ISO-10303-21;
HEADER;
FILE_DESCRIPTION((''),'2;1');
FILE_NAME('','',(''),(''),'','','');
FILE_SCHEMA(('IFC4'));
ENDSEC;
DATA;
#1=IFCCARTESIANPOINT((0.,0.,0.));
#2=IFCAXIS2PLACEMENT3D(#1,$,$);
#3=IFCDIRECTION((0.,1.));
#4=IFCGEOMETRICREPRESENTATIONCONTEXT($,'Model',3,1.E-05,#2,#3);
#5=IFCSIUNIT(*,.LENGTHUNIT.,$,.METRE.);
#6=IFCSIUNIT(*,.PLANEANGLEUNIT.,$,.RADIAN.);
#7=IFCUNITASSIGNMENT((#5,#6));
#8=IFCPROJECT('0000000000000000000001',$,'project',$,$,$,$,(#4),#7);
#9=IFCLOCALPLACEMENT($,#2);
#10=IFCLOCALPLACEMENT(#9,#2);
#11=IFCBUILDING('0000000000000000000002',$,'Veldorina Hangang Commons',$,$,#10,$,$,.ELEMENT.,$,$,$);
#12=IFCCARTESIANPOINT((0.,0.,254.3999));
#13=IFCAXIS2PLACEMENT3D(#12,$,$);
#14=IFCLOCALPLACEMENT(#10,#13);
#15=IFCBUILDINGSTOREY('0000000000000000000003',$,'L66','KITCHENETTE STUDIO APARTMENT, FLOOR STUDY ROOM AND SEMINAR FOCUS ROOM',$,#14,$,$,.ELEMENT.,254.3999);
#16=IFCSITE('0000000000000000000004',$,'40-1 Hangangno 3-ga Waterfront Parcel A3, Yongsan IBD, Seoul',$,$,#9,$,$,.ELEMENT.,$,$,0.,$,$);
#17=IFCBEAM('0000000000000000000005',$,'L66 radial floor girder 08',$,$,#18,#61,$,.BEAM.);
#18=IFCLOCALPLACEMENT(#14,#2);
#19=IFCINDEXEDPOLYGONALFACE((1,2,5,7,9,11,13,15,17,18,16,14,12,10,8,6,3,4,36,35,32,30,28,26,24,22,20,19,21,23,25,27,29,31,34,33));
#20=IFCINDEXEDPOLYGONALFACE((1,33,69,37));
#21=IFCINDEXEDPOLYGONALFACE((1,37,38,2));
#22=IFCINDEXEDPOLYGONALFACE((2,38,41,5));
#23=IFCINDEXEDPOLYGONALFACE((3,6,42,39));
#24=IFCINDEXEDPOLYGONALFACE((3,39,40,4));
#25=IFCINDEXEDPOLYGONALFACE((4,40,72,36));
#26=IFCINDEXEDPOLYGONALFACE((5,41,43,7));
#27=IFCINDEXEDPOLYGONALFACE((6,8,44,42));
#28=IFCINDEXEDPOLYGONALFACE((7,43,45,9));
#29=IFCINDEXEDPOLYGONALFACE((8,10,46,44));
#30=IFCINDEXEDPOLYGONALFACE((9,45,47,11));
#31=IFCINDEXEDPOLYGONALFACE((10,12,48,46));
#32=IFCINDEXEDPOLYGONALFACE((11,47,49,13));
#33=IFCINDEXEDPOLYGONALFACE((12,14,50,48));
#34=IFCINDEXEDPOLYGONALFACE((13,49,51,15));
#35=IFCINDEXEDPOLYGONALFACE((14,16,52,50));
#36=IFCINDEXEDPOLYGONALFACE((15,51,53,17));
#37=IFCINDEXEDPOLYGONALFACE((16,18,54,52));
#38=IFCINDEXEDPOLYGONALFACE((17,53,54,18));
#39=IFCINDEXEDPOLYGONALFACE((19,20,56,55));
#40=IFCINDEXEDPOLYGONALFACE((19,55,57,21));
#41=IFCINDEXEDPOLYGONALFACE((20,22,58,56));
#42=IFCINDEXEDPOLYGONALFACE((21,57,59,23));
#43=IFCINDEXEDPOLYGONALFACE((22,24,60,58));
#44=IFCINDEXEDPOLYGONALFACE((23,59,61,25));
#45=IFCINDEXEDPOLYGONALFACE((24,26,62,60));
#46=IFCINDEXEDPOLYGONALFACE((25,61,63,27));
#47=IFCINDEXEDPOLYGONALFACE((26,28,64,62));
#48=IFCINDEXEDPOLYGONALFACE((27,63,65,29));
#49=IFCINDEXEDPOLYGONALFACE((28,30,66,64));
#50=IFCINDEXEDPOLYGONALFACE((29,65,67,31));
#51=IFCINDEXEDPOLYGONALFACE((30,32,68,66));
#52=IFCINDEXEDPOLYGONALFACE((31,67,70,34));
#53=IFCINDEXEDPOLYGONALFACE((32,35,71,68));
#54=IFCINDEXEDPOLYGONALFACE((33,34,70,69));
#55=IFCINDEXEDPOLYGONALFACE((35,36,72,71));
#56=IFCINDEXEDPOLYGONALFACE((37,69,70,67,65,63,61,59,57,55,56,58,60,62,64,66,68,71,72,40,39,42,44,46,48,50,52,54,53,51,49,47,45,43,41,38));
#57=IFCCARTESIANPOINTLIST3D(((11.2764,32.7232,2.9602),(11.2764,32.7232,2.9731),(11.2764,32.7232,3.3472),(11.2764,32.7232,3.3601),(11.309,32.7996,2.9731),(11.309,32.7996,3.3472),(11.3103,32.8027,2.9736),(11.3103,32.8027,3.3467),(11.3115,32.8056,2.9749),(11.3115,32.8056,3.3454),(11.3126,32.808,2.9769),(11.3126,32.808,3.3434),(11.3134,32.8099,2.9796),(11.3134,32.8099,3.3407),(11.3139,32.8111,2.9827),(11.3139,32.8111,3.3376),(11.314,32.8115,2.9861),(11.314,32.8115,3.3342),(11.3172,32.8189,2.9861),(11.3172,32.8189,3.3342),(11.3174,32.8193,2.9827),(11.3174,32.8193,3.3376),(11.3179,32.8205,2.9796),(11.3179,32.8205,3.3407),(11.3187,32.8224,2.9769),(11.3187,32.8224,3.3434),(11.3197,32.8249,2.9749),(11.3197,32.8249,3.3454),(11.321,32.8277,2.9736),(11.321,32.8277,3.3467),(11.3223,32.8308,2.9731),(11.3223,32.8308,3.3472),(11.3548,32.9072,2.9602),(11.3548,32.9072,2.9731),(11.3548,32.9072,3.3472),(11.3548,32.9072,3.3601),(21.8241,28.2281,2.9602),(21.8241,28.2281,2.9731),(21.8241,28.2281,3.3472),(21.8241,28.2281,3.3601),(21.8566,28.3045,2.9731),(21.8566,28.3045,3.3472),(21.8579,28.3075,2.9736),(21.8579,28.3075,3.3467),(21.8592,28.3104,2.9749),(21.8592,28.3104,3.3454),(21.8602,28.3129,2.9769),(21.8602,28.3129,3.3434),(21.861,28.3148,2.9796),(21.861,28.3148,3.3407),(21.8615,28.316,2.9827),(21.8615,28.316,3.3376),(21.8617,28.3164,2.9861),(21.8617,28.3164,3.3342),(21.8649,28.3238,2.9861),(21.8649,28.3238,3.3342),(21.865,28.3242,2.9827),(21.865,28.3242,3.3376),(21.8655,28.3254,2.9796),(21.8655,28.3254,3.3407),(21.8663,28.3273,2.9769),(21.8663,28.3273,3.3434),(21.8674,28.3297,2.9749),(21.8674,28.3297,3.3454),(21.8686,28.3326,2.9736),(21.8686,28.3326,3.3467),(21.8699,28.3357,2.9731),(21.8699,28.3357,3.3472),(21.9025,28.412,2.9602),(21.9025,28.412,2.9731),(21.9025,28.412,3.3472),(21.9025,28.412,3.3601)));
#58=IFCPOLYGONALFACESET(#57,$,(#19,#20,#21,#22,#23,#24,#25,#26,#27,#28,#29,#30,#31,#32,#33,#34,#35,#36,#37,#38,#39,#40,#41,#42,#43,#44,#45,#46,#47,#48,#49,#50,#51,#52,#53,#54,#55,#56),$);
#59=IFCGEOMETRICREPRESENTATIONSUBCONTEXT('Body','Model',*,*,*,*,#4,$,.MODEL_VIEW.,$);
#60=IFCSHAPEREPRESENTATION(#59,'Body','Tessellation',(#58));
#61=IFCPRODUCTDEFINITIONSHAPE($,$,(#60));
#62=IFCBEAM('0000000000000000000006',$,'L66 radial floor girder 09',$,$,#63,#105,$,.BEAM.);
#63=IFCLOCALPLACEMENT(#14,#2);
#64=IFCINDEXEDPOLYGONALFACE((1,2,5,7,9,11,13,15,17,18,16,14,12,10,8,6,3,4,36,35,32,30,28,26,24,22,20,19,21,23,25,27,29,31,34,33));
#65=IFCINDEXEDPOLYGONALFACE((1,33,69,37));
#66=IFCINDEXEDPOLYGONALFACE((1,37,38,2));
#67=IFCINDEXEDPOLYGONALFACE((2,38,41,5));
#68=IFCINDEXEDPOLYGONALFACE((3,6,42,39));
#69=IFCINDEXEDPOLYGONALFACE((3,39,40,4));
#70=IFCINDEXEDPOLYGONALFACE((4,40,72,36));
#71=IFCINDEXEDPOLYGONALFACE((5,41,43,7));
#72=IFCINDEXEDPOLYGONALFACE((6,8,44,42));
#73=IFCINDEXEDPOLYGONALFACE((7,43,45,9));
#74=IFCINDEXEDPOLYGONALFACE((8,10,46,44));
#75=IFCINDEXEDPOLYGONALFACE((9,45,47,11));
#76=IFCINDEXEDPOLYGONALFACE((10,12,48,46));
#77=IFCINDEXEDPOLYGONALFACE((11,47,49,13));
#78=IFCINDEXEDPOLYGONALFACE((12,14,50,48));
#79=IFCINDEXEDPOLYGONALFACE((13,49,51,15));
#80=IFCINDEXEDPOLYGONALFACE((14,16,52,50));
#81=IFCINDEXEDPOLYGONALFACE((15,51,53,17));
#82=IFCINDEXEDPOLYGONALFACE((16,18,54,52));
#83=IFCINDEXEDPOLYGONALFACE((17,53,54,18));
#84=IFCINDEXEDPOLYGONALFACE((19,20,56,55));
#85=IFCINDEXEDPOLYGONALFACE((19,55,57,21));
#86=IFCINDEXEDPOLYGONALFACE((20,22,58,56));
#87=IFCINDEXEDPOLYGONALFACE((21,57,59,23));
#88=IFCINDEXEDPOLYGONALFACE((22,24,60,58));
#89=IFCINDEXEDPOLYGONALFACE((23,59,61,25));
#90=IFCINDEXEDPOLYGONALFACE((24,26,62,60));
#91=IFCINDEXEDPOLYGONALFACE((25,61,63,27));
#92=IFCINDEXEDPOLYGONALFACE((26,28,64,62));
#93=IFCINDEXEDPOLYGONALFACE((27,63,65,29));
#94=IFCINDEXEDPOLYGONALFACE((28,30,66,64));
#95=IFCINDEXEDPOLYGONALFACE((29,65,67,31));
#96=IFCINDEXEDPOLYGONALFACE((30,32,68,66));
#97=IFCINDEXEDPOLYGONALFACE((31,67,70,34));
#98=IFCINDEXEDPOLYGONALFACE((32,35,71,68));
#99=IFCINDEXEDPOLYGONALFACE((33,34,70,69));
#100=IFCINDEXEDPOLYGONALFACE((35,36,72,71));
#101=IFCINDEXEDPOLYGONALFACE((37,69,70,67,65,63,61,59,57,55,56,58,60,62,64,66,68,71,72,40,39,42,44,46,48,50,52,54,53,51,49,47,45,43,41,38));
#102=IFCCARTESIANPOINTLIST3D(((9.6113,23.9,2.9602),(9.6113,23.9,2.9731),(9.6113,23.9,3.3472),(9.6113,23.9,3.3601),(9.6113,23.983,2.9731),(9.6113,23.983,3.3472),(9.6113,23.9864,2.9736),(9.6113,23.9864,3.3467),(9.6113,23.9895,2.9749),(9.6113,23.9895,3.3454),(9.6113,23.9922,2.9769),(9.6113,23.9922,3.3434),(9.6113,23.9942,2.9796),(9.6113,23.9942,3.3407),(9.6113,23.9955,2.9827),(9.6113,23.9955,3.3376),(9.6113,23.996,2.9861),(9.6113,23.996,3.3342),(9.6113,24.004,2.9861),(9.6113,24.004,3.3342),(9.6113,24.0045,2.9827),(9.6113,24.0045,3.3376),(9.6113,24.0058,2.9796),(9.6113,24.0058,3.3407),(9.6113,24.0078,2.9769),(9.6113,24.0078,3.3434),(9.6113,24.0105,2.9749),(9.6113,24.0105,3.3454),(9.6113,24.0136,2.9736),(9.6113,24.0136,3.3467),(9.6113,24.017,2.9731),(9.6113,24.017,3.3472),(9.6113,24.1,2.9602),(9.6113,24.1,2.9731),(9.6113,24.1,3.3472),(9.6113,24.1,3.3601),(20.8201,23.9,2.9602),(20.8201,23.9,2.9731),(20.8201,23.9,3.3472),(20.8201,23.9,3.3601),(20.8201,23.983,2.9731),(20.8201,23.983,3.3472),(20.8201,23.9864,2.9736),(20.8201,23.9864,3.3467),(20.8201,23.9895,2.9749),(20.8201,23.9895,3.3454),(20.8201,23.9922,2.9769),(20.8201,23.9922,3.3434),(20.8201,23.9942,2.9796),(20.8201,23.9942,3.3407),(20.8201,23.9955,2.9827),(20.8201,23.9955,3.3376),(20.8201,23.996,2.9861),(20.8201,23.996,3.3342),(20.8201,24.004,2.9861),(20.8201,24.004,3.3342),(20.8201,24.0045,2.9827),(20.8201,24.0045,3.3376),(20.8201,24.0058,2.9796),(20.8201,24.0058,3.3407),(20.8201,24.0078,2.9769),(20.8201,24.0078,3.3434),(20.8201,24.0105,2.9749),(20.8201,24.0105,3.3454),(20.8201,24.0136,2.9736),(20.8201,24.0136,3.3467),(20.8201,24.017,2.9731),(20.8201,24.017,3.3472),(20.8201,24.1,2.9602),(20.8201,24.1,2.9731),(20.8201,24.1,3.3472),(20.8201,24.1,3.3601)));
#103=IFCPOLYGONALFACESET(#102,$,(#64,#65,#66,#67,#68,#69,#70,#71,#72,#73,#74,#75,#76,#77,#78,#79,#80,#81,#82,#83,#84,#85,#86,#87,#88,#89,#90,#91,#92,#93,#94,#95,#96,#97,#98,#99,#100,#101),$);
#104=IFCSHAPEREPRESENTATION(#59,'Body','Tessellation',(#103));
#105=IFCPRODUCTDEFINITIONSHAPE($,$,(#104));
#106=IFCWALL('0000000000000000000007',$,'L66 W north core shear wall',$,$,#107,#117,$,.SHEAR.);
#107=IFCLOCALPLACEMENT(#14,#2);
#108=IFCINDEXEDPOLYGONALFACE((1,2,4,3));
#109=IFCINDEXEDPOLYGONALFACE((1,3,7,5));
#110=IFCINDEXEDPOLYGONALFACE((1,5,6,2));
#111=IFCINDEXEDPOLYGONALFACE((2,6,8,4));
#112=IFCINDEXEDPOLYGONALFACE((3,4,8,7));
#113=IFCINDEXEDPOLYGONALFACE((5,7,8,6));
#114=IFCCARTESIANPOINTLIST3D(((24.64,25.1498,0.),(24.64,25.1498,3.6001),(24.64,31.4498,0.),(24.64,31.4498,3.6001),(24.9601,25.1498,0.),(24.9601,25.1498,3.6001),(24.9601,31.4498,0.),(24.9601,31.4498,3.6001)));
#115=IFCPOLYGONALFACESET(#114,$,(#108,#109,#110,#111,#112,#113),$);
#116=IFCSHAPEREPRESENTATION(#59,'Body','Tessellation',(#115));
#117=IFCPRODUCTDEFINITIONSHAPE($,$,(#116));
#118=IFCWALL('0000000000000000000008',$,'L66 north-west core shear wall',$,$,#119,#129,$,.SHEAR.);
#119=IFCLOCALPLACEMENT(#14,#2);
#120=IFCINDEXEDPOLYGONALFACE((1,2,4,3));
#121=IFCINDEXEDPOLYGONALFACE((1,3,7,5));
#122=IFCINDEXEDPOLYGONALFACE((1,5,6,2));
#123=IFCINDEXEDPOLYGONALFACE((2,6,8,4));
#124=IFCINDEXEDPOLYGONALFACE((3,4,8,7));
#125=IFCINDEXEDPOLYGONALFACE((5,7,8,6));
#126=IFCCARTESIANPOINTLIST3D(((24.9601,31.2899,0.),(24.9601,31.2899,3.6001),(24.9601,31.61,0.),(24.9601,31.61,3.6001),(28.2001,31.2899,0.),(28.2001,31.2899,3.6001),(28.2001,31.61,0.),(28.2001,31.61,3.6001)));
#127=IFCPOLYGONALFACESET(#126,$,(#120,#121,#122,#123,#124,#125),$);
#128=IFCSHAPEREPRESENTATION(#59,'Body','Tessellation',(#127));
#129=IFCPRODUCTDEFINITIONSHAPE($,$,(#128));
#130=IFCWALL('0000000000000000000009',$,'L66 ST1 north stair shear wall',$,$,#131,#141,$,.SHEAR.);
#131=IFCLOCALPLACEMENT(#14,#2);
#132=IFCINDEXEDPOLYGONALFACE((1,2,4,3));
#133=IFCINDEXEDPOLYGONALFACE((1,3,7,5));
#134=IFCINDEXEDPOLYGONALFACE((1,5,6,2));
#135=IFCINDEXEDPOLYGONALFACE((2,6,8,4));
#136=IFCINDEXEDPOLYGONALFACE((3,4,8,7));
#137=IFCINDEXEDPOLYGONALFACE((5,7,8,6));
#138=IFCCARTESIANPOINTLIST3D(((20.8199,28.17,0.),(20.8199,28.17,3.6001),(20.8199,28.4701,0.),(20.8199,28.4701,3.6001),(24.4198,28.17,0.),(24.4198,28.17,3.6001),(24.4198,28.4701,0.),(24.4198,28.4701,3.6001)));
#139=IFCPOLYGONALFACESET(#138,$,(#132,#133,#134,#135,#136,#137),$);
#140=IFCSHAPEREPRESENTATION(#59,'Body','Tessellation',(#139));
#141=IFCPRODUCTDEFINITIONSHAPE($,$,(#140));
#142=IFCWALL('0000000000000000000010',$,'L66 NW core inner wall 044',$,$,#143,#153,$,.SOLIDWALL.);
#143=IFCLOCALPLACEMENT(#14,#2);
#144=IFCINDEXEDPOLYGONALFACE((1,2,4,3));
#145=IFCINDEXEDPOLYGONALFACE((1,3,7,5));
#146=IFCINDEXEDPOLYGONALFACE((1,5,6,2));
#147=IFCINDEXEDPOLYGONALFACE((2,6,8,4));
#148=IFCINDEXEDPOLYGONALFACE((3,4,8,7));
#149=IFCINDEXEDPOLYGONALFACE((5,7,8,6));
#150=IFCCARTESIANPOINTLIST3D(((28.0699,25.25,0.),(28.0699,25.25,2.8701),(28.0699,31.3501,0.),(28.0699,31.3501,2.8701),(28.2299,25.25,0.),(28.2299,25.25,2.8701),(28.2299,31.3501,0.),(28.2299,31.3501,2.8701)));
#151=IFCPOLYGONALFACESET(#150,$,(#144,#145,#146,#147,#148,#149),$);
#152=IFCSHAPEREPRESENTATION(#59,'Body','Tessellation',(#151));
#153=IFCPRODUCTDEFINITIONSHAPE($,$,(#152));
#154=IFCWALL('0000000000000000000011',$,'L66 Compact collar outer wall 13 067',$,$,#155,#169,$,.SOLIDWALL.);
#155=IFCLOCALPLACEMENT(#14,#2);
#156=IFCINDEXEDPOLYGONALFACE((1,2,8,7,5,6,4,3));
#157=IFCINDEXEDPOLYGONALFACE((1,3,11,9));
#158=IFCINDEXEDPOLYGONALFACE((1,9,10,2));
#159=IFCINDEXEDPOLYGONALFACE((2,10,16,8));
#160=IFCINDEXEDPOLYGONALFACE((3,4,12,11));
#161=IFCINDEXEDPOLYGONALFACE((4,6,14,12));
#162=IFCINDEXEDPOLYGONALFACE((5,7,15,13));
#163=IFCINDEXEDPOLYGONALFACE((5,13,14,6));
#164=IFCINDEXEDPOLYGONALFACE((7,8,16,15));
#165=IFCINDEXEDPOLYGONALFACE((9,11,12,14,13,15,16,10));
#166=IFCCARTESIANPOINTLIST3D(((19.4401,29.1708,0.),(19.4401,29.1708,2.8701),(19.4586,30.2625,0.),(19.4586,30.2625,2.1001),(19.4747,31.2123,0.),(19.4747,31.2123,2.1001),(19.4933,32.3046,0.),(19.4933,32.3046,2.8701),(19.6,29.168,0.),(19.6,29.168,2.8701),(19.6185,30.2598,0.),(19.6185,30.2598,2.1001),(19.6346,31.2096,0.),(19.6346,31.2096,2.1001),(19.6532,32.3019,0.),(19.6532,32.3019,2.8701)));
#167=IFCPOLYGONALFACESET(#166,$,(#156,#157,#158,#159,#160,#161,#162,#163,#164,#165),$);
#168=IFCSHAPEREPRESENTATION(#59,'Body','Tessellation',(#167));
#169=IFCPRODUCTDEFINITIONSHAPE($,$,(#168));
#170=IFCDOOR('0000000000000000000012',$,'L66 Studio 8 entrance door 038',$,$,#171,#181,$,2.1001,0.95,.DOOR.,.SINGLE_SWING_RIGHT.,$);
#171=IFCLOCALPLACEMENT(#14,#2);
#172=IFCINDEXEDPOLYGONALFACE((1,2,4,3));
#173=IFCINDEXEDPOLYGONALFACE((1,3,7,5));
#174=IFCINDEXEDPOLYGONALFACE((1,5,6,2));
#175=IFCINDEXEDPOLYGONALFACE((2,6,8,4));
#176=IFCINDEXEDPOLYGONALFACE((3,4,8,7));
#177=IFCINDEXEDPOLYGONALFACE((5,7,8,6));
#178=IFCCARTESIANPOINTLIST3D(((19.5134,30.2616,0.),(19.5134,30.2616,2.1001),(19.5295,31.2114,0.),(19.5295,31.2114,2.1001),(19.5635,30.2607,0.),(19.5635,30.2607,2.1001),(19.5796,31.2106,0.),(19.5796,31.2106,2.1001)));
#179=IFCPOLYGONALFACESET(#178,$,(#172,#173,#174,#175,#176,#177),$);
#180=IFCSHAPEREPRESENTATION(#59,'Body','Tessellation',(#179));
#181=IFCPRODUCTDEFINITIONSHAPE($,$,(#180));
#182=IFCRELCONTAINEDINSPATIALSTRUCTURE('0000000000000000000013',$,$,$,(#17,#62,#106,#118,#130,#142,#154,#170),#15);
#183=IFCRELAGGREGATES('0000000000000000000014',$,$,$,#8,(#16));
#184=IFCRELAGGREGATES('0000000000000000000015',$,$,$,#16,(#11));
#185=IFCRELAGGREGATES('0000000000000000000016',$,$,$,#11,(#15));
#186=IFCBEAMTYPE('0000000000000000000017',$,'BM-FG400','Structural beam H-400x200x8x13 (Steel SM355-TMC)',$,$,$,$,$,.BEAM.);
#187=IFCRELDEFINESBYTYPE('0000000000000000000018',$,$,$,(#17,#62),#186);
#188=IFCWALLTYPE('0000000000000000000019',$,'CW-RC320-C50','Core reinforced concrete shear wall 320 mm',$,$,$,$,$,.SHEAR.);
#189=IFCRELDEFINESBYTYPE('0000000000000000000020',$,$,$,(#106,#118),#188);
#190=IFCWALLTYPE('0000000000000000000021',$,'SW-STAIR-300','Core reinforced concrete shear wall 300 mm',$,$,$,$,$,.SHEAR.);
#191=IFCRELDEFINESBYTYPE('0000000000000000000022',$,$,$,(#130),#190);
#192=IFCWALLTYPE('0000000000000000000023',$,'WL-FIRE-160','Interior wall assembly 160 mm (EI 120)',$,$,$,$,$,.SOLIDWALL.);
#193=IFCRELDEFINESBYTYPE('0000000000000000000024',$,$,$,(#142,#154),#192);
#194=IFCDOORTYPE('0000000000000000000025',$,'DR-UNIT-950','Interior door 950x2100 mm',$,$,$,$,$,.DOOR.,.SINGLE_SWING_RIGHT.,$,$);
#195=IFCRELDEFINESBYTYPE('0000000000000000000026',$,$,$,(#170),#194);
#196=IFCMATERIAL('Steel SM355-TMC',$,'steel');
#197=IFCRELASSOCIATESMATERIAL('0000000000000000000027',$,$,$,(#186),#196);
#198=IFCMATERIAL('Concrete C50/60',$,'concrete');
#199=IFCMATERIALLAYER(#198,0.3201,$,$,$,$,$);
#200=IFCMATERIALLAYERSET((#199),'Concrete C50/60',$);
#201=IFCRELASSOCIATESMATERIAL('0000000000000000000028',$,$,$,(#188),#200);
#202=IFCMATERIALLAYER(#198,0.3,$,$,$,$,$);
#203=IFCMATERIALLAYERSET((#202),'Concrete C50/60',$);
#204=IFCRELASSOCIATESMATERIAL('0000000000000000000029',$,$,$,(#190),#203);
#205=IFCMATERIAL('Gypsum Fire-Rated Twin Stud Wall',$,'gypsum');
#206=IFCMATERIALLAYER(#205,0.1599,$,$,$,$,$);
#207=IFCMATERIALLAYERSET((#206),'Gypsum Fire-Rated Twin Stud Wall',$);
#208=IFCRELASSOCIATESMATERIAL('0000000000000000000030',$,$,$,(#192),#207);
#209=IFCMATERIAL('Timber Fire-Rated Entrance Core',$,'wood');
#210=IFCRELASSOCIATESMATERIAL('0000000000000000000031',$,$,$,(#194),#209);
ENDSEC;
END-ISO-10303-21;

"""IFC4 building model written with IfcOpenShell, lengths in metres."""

from ifc_helpers import new_model, si_unit, direction, frame, frame_2d, origin, origin_2d, place, context, subcontext, project, spatial, rectangle, i_section, extrude, material, layer, layer_set, material_profile, profile_set, type_object, element, fill, save


model = new_model("IFC4")

# Units and contexts
model_context = context("Model", 3, precision=1e-05, world=origin(), true_north=direction((0.0, 1.0)))
body_context = subcontext(model_context, "Body", "Model", "MODEL_VIEW")
ifc_project = project(units=[si_unit("LENGTHUNIT", "METRE"), si_unit("PLANEANGLEUNIT", "RADIAN")], contexts=[model_context])

# Site, building, storey
site_placement = place(None, origin())
site = spatial("IfcSite", under=ifc_project, at=site_placement, Name="40-1 Hangangno 3-ga Waterfront Parcel A3, Yongsan IBD, Seoul", CompositionType="ELEMENT", RefElevation=0.0)
building_placement = place(site_placement, origin())
building = spatial("IfcBuilding", under=site, at=building_placement, Name="Veldorina Hangang Commons", CompositionType="ELEMENT")
storey_placement = place(building_placement, frame((0.0, 0.0, 254.3999)))
storey = spatial("IfcBuildingStorey", under=building, at=storey_placement, Name="L66", Description="KITCHENETTE STUDIO APARTMENT, FLOOR STUDY ROOM AND SEMINAR FOCUS ROOM", CompositionType="ELEMENT", Elevation=254.3999)

# Beams
ifc_material_1 = material(Name="Concrete C50/60", Category="concrete")
ifc_material_2 = material(Name="Steel SM355-TMC", Category="steel")
ifc_material_profile_1 = material_profile(ifc_material_2, i_section(OverallWidth=0.2, OverallDepth=0.3999, WebThickness=0.0081, FlangeThickness=0.0129, FilletRadius=0.0129, at=origin_2d()), Name="H-400x200x8x13")
ifc_profile_set_1 = profile_set([ifc_material_profile_1], Name="Steel SM355-TMC")
beam_type_1 = type_object("IfcBeamType", Name="BM-FG400", Description="Structural beam H-400x200x8x13 (Steel SM355-TMC)", PredefinedType="BEAM", material=ifc_profile_set_1)
beam_1_placement = place(storey_placement, frame((21.8633, 28.3201, 3.1602), z_axis=(-0.919942, 0.392055, 0.0), x_axis=(-0.392055, -0.919942, 0.0)))
element("IfcBeam", 1, at=beam_1_placement, inside=storey, type_object=beam_type_1, Name="L66 radial floor girder 08", PredefinedType="BEAM", context=body_context, shape_type="SweptSolid", body=[
    extrude(i_section(OverallWidth=0.2, OverallDepth=0.3999, WebThickness=0.0081, FlangeThickness=0.0129, FilletRadius=0.0129, at=origin_2d()), origin(), (0.0, 0.0, 1.0), 11.4656),
])
beam_2_placement = place(storey_placement, frame((20.8201, 24.0, 3.1602), z_axis=(-1.0, 0.0, 0.0), x_axis=(0.0, -1.0, 0.0)))
element("IfcBeam", 2, at=beam_2_placement, inside=storey, type_object=beam_type_1, Name="L66 radial floor girder 09", PredefinedType="BEAM", context=body_context, shape_type="SweptSolid", body=[
    extrude(i_section(OverallWidth=0.2, OverallDepth=0.3999, WebThickness=0.0081, FlangeThickness=0.0129, FilletRadius=0.0129, at=origin_2d()), origin(), (0.0, 0.0, 1.0), 11.2087),
])

# Walls
ifc_layer_1 = layer(ifc_material_1, 0.3201)
ifc_layer_set_1 = layer_set([ifc_layer_1], Name="Concrete C50/60")
wall_type_1 = type_object("IfcWallType", Name="CW-RC320-C50", Description="Core reinforced concrete shear wall 320 mm", PredefinedType="SHEAR", material=ifc_layer_set_1)
wall_1_placement = place(storey_placement, frame((24.8, 25.1499, 0.0), z_axis=(0.0, 0.0, 1.0), x_axis=(0.0, 1.0, 0.0)))
element("IfcWall", 3, at=wall_1_placement, inside=storey, type_object=wall_type_1, Name="L66 W north core shear wall", PredefinedType="SHEAR", context=body_context, shape_type="SweptSolid", body=[
    extrude(rectangle(XDim=6.3, YDim=0.3201, at=frame_2d((3.1499, 0.0))), origin(), (0.0, 0.0, 1.0), 3.6001),
])
wall_2_placement = place(storey_placement, frame((24.96, 31.45, 0.0), z_axis=(0.0, 0.0, 1.0), x_axis=(1.0, 0.0, 0.0)))
element("IfcWall", 4, at=wall_2_placement, inside=storey, type_object=wall_type_1, Name="L66 north-west core shear wall", PredefinedType="SHEAR", context=body_context, shape_type="SweptSolid", body=[
    extrude(rectangle(XDim=3.24, YDim=0.3201, at=frame_2d((1.6201, 0.0))), origin(), (0.0, 0.0, 1.0), 3.6001),
])
ifc_layer_2 = layer(ifc_material_1, 0.3)
ifc_layer_set_2 = layer_set([ifc_layer_2], Name="Concrete C50/60")
wall_type_2 = type_object("IfcWallType", Name="SW-STAIR-300", Description="Core reinforced concrete shear wall 300 mm", PredefinedType="SHEAR", material=ifc_layer_set_2)
wall_3_placement = place(storey_placement, frame((20.8201, 28.3201, 0.0), z_axis=(0.0, 0.0, 1.0), x_axis=(1.0, 0.0, 0.0)))
element("IfcWall", 5, at=wall_3_placement, inside=storey, type_object=wall_type_2, Name="L66 ST1 north stair shear wall", PredefinedType="SHEAR", context=body_context, shape_type="SweptSolid", body=[
    extrude(rectangle(XDim=3.5999, YDim=0.3, at=frame_2d((1.7998, 0.0))), origin(), (0.0, 0.0, 1.0), 3.6001),
])
ifc_material_3 = material(Name="Gypsum Fire-Rated Twin Stud Wall", Category="gypsum")
ifc_layer_3 = layer(ifc_material_3, 0.1599)
ifc_layer_set_3 = layer_set([ifc_layer_3], Name="Gypsum Fire-Rated Twin Stud Wall")
wall_type_3 = type_object("IfcWallType", Name="WL-FIRE-160", Description="Interior wall assembly 160 mm (EI 120)", PredefinedType="SOLIDWALL", material=ifc_layer_set_3)
wall_4_placement = place(storey_placement, frame((28.1499, 25.25, 0.0), z_axis=(0.0, 0.0, 1.0), x_axis=(0.0, 1.0, 0.0)))
element("IfcWall", 6, at=wall_4_placement, inside=storey, type_object=wall_type_3, Name="L66 NW core inner wall 044", PredefinedType="SOLIDWALL", context=body_context, shape_type="SweptSolid", body=[
    extrude(rectangle(XDim=6.1001, YDim=0.1599, at=frame_2d((3.05, 0.0))), origin(), (0.0, 0.0, 1.0), 2.8701),
])

# Wall, opening, door
wall_5_placement = place(storey_placement, frame((19.5732, 32.3032, 0.0), z_axis=(0.0, 0.0, 1.0), x_axis=(-0.016981, -0.999856, 0.0)))
wall_5 = element("IfcWall", 7, at=wall_5_placement, inside=storey, type_object=wall_type_3, Name="L66 Compact collar outer wall 13 067", PredefinedType="SOLIDWALL", context=body_context, shape_type="SweptSolid", body=[
    extrude(rectangle(XDim=3.1343, YDim=0.1599, at=frame_2d((1.5671, 0.0))), origin(), (0.0, 0.0, 1.0), 2.8701),
])
opening_1_placement = place(wall_5_placement, frame((1.0923, 0.0, 0.0)))
opening_1 = element("IfcOpeningElement", 8, at=opening_1_placement, cuts=wall_5, PredefinedType="OPENING", context=body_context, shape_type="SweptSolid", body=[
    extrude(rectangle(XDim=0.95, YDim=2.1001, at=frame_2d((0.4751, 1.05))), frame((0.0, 0.0898, 0.0), z_axis=(0.0, -1.0, 0.0), x_axis=(1.0, 0.0, 0.0)), (0.0, 0.0, 1.0), 0.1799),
])
ifc_material_4 = material(Name="Timber Fire-Rated Entrance Core", Category="wood")
door_type_1 = type_object("IfcDoorType", Name="DR-UNIT-950", Description="Interior door 950x2100 mm", OperationType="SINGLE_SWING_RIGHT", PredefinedType="DOOR", material=ifc_material_4)
door_1_placement = place(opening_1_placement, origin())
door_1 = element("IfcDoor", 9, at=door_1_placement, inside=storey, type_object=door_type_1, Name="L66 Studio 8 entrance door 038", OperationType="SINGLE_SWING_RIGHT", OverallHeight=2.1001, OverallWidth=0.95, PredefinedType="DOOR", context=body_context, shape_type="SweptSolid", body=[
    extrude(rectangle(XDim=0.95, YDim=2.1001, at=frame_2d((0.4751, 1.05))), frame((0.0, 0.0249, 0.0), z_axis=(0.0, -1.0, 0.0), x_axis=(1.0, 0.0, 0.0)), (0.0, 0.0, 1.0), 0.05),
])
fill(opening_1, door_1)

save(model, "model.ifc")
